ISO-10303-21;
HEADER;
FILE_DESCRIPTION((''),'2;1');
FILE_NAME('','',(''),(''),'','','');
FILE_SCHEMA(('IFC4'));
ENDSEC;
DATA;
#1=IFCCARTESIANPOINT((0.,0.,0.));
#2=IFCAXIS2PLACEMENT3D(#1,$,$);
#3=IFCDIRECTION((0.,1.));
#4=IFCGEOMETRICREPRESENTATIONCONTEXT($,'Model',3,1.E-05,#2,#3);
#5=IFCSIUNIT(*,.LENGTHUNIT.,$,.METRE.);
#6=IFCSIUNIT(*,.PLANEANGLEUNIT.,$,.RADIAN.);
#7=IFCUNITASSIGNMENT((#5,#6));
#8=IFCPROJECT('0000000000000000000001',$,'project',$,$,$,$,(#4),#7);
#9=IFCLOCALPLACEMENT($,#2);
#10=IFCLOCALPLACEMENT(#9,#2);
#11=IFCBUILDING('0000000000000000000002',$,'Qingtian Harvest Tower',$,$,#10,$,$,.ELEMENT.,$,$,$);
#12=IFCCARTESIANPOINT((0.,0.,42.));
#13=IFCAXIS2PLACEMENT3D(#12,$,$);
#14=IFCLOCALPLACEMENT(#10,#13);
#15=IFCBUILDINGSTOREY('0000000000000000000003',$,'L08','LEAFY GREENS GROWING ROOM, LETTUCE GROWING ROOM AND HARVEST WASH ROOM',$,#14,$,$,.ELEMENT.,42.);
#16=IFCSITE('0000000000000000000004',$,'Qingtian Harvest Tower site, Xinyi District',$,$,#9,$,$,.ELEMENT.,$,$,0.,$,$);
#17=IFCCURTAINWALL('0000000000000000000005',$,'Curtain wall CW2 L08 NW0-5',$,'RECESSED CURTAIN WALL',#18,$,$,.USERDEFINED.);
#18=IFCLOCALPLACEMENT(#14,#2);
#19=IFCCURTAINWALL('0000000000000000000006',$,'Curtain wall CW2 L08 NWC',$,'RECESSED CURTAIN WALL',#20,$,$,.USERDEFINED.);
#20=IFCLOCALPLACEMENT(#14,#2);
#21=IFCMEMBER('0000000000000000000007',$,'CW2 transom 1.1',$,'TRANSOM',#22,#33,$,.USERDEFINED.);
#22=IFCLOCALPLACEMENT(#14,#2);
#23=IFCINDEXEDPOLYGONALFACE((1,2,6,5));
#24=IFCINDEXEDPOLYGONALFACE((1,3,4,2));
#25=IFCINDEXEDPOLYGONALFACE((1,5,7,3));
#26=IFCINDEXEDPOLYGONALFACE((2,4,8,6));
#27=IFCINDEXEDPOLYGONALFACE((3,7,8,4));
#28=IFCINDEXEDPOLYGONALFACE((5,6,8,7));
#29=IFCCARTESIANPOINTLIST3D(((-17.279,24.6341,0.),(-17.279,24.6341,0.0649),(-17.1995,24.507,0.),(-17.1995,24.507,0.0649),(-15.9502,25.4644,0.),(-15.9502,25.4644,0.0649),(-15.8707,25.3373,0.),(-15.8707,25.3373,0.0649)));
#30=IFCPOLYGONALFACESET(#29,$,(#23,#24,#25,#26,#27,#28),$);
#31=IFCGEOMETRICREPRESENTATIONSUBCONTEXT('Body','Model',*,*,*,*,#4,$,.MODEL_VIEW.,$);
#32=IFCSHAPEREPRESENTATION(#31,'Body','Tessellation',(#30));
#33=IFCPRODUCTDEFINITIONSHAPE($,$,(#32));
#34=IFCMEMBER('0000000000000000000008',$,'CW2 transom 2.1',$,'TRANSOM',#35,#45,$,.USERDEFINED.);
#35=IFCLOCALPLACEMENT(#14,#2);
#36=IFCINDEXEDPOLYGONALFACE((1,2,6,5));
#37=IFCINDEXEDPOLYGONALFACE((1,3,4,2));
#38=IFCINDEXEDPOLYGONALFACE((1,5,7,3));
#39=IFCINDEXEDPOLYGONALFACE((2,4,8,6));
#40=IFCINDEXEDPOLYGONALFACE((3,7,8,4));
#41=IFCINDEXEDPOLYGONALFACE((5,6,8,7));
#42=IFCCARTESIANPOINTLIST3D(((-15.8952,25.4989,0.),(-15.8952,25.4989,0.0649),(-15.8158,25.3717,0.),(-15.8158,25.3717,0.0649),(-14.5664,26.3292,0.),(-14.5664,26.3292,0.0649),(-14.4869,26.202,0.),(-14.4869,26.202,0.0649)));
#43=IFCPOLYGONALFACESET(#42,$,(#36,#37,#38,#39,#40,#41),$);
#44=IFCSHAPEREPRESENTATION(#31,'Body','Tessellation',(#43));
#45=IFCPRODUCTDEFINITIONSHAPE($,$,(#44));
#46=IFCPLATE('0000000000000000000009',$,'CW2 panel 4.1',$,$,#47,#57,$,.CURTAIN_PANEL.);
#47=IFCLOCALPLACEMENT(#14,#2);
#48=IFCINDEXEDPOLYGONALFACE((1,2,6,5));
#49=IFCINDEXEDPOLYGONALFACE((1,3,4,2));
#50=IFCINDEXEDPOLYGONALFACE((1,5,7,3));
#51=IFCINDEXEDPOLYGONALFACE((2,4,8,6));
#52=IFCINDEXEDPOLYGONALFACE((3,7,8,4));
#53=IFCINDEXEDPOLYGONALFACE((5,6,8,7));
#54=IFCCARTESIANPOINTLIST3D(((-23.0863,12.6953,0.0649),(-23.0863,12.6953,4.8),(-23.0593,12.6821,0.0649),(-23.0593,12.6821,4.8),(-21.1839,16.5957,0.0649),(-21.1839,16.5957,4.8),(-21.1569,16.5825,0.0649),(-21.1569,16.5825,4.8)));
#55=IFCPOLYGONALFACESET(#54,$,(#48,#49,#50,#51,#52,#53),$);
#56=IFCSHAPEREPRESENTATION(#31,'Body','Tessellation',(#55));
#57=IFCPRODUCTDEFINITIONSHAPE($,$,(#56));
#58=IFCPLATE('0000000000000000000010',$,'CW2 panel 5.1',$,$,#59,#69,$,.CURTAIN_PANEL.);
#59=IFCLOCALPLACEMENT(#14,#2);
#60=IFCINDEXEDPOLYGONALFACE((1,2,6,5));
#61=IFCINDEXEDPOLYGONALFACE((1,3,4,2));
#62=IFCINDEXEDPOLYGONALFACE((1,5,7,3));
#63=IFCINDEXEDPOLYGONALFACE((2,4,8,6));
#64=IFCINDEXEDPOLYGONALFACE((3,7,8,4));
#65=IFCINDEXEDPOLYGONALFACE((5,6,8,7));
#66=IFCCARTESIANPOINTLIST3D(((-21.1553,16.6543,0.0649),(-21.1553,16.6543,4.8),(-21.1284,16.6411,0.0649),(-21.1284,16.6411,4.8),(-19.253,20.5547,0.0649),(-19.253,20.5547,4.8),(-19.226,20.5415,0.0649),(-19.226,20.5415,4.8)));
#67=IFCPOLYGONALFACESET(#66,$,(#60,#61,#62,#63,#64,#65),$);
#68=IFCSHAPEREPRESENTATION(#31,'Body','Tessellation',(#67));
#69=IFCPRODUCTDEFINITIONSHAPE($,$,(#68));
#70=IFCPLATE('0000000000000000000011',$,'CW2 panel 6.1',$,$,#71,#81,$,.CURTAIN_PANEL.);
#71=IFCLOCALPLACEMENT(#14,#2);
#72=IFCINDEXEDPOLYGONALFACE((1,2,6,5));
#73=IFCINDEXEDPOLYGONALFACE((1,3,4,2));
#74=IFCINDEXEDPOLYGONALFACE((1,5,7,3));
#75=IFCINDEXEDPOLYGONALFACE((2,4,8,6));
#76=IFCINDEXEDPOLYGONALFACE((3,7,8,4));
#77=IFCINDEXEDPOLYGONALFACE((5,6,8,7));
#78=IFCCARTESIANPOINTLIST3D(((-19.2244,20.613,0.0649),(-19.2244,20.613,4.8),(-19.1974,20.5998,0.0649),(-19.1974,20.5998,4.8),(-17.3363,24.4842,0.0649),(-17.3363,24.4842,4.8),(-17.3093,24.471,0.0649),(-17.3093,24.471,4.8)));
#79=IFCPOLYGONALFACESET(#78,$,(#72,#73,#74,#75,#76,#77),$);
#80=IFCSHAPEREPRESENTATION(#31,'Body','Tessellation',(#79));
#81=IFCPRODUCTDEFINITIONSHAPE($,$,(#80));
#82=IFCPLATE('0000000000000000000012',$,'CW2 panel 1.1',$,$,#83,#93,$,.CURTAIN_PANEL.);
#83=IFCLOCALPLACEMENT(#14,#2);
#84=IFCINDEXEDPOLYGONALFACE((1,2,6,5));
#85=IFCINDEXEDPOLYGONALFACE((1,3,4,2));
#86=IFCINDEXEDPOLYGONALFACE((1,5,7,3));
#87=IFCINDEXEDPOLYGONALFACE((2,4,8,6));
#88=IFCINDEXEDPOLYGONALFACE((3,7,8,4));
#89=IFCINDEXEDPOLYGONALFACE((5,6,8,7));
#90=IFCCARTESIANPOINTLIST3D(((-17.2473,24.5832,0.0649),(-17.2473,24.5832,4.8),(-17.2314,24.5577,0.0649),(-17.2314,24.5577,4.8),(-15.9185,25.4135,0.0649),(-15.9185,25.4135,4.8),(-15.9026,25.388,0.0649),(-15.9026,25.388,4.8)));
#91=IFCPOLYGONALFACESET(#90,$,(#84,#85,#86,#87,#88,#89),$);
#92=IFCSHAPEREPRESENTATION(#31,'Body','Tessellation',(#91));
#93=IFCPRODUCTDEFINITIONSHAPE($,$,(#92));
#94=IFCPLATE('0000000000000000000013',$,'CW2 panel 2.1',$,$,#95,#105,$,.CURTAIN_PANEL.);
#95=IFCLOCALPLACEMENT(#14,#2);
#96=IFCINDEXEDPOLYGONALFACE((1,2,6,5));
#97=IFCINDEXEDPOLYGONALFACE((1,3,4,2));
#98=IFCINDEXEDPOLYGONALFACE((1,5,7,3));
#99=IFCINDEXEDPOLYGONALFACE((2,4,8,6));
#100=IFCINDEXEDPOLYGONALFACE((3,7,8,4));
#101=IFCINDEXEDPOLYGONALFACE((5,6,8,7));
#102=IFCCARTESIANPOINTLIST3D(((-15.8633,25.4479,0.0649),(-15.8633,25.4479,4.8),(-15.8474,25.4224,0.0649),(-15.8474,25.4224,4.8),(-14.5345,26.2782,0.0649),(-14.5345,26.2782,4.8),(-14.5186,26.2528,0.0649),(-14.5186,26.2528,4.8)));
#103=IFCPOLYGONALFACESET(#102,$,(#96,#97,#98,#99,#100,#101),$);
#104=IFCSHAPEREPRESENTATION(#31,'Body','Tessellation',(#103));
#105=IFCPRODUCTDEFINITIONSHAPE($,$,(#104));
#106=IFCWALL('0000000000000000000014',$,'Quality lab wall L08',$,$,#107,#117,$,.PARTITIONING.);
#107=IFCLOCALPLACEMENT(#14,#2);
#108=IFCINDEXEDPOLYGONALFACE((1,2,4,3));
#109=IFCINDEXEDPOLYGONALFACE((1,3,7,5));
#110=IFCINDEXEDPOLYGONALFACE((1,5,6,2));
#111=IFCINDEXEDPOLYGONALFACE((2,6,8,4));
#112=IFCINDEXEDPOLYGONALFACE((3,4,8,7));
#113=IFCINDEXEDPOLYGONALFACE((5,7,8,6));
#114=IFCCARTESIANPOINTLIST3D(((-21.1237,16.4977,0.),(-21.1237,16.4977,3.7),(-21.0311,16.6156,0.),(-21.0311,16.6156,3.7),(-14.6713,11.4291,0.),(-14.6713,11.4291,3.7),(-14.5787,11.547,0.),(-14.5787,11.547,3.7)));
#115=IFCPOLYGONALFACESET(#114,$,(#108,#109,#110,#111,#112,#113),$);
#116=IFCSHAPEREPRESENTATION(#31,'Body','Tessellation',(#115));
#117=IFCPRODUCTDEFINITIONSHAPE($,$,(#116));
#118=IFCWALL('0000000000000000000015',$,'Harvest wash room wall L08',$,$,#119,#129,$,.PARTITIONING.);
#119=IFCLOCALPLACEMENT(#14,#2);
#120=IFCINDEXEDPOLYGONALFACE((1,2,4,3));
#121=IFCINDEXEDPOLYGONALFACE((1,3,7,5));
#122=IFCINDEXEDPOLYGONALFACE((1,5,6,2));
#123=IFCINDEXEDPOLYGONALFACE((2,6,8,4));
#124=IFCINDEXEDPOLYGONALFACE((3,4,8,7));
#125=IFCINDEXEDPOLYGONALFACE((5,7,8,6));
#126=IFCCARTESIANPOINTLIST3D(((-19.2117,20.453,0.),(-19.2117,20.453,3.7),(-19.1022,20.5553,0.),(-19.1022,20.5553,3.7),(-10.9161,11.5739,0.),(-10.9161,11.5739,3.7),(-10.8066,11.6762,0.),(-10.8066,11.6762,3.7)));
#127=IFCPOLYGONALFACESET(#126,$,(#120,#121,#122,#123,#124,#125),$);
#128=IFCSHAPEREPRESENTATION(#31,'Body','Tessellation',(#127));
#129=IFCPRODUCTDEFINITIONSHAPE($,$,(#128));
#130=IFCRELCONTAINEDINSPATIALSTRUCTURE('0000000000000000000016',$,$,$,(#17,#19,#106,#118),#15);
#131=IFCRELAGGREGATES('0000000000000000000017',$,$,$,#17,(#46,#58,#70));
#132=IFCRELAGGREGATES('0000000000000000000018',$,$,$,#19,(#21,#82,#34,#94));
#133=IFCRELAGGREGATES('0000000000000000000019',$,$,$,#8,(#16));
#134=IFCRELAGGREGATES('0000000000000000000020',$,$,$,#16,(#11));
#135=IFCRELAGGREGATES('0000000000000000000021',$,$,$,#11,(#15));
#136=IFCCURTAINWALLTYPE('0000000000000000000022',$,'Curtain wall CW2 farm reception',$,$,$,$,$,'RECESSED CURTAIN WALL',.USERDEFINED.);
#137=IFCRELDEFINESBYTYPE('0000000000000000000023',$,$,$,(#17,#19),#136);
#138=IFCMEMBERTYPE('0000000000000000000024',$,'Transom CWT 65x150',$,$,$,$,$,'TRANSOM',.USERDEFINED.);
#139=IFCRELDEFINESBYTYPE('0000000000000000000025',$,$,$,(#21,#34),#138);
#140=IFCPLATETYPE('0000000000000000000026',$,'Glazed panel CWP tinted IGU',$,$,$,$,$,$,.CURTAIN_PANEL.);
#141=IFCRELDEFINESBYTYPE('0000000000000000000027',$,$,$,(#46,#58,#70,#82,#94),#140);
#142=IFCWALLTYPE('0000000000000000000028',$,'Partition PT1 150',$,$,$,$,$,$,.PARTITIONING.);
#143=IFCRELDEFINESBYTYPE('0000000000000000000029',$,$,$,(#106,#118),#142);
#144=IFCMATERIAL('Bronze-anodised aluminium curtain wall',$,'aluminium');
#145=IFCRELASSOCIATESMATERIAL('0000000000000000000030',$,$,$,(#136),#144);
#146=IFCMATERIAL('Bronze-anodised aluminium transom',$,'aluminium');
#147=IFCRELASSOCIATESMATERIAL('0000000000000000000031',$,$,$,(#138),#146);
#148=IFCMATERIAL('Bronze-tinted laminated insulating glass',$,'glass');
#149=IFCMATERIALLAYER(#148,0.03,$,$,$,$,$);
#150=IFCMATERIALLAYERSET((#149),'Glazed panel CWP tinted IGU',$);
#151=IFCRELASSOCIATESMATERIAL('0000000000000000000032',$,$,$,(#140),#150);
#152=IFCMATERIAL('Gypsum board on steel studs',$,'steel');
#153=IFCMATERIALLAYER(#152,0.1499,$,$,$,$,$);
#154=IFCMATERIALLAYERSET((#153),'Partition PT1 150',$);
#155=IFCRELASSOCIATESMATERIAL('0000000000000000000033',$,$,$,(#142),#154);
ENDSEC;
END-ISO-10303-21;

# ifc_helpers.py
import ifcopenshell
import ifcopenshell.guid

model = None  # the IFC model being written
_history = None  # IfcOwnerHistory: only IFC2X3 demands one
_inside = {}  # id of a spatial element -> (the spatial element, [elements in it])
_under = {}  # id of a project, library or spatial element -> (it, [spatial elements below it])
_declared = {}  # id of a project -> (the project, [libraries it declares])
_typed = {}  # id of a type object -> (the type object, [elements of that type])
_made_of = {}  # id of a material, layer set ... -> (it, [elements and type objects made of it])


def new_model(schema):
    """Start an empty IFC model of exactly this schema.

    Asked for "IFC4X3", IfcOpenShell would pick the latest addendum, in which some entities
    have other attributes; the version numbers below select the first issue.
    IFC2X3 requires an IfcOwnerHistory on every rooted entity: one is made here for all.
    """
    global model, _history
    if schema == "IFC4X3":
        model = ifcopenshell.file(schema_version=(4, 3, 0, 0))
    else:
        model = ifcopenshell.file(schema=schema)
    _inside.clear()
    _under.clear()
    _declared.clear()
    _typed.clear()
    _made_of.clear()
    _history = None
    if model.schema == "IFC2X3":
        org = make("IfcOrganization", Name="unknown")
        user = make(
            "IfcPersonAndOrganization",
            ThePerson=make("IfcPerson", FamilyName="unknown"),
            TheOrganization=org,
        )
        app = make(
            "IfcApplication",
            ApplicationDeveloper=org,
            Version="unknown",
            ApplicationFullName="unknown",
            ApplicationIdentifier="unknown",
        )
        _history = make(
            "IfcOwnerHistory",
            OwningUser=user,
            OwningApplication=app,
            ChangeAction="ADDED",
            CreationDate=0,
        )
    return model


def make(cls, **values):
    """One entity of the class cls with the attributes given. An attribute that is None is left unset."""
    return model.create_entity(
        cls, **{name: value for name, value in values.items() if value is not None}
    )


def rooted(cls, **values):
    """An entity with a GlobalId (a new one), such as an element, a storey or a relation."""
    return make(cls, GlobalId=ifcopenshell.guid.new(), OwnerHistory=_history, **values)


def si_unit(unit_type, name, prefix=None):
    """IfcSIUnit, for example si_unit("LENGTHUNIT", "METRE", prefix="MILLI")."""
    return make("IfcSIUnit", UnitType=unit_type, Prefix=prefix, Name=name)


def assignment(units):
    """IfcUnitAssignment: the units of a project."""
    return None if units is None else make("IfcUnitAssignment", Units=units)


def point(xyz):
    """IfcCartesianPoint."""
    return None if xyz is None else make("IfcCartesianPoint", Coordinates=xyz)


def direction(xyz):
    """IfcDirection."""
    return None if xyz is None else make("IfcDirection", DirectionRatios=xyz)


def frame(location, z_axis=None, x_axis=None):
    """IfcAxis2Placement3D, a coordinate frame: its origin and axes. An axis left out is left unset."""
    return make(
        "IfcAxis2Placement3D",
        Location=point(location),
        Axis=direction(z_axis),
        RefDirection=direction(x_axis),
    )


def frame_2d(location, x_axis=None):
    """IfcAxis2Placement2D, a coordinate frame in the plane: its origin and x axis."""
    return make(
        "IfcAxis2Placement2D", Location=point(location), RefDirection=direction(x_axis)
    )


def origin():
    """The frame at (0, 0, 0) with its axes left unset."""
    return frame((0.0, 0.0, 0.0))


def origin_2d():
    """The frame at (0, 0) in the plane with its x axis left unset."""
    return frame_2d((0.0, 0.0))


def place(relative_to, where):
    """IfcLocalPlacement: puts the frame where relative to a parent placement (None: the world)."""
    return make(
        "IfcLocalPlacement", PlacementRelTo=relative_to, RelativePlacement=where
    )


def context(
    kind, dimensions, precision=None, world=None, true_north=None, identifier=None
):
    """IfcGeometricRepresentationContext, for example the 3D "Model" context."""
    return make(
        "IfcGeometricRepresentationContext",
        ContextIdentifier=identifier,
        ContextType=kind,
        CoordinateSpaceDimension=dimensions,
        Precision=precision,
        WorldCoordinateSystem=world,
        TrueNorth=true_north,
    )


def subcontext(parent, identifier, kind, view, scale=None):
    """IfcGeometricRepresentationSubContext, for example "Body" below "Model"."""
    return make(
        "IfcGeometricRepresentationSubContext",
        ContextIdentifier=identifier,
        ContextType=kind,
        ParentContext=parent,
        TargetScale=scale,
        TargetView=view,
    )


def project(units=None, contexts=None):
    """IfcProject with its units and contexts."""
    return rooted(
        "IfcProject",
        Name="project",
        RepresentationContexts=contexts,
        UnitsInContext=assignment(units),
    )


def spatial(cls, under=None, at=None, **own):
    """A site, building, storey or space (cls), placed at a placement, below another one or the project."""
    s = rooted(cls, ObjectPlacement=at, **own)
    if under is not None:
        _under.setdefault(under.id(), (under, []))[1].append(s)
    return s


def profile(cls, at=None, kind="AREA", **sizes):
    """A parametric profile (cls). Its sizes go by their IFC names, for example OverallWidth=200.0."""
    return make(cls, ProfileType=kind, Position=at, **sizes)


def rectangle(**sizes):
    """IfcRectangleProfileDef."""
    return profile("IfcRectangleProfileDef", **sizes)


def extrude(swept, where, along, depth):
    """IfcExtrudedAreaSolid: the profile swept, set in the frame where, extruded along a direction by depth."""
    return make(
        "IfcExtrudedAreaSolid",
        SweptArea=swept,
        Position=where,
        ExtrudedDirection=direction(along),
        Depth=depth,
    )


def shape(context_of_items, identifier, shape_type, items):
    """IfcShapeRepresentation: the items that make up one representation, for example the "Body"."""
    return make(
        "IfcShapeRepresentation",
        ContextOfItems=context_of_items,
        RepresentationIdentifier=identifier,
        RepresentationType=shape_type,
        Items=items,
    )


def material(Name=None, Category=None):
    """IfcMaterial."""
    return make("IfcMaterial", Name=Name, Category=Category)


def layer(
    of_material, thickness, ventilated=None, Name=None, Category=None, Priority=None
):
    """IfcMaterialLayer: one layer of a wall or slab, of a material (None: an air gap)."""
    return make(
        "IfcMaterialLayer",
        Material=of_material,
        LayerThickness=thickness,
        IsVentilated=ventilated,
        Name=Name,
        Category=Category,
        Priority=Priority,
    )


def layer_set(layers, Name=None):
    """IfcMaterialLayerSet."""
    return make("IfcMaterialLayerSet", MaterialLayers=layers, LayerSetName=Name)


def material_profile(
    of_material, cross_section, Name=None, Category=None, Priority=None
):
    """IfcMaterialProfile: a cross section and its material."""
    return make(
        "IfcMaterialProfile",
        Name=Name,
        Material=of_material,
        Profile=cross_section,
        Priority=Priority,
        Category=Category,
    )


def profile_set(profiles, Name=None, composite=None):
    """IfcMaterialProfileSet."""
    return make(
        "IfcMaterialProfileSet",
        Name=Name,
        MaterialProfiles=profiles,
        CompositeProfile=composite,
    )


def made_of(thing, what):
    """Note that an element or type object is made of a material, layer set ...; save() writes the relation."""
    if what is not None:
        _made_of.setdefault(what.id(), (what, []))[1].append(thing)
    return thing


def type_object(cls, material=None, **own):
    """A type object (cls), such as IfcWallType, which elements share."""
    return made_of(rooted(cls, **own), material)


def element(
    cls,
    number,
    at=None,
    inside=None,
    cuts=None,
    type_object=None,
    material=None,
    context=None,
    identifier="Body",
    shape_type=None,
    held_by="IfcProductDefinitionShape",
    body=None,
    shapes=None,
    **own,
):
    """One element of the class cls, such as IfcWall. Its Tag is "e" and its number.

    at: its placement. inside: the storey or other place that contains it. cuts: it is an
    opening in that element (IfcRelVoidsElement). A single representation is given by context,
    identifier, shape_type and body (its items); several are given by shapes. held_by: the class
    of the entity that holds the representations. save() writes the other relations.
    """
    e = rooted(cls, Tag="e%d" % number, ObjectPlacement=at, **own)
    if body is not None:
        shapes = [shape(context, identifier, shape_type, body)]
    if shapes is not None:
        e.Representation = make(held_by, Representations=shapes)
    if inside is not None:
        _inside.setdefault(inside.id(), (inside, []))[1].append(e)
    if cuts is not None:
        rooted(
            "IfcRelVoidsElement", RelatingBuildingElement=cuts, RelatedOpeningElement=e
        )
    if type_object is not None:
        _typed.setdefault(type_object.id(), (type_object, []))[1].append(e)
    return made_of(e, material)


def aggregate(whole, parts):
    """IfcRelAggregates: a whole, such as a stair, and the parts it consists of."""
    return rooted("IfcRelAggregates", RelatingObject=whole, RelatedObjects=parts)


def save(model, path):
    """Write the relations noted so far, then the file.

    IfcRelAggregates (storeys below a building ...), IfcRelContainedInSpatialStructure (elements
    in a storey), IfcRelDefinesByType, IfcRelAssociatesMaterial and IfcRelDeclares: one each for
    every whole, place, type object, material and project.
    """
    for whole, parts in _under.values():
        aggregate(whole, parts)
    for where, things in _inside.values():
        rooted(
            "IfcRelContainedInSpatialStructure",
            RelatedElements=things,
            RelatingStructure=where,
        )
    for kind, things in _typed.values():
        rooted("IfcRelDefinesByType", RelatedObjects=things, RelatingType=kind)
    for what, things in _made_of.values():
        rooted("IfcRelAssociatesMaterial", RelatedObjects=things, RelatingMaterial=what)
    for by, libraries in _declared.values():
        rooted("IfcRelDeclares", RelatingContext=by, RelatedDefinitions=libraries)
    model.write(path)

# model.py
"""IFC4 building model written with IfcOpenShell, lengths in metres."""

from ifc_helpers import new_model, si_unit, direction, frame, frame_2d, origin, origin_2d, place, context, subcontext, project, spatial, rectangle, extrude, material, layer, layer_set, material_profile, profile_set, type_object, element, aggregate, save


model = new_model("IFC4")

# Units and contexts
model_context = context("Model", 3, precision=1e-05, world=origin(), true_north=direction((0.0, 1.0)))
body_context = subcontext(model_context, "Body", "Model", "MODEL_VIEW")
ifc_project = project(units=[si_unit("LENGTHUNIT", "METRE"), si_unit("PLANEANGLEUNIT", "RADIAN")], contexts=[model_context])

# Site, building, storey
site_placement = place(None, origin())
site = spatial("IfcSite", under=ifc_project, at=site_placement, Name="Qingtian Harvest Tower site, Xinyi District", CompositionType="ELEMENT", RefElevation=0.0)
building_placement = place(site_placement, origin())
building = spatial("IfcBuilding", under=site, at=building_placement, Name="Qingtian Harvest Tower", CompositionType="ELEMENT")
storey_placement = place(building_placement, frame((0.0, 0.0, 42.0)))
storey = spatial("IfcBuildingStorey", under=building, at=storey_placement, Name="L08", Description="LEAFY GREENS GROWING ROOM, LETTUCE GROWING ROOM AND HARVEST WASH ROOM", CompositionType="ELEMENT", Elevation=42.0)

# Curtain walls
ifc_material_1 = material(Name="Bronze-anodised aluminium curtain wall", Category="aluminium")
curtain_wall_type = type_object("IfcCurtainWallType", Name="Curtain wall CW2 farm reception", ElementType="RECESSED CURTAIN WALL", PredefinedType="USERDEFINED", material=ifc_material_1)
curtain_wall_1_placement = place(storey_placement, origin())
curtain_wall_1 = element("IfcCurtainWall", 1, at=curtain_wall_1_placement, inside=storey, type_object=curtain_wall_type, Name="Curtain wall CW2 L08 NW0-5", ObjectType="RECESSED CURTAIN WALL", PredefinedType="USERDEFINED")
curtain_wall_2_placement = place(storey_placement, origin())
curtain_wall_2 = element("IfcCurtainWall", 2, at=curtain_wall_2_placement, inside=storey, type_object=curtain_wall_type, Name="Curtain wall CW2 L08 NWC", ObjectType="RECESSED CURTAIN WALL", PredefinedType="USERDEFINED")

# Members
ifc_material_2 = material(Name="Bronze-anodised aluminium transom", Category="aluminium")
ifc_material_profile_1 = material_profile(ifc_material_2, rectangle(XDim=0.1499, YDim=0.0649, at=origin_2d()), Name="AL 65x150")
ifc_profile_set_1 = profile_set([ifc_material_profile_1], Name="Bronze-anodised aluminium transom")
member_type_1 = type_object("IfcMemberType", Name="Transom CWT 65x150", ElementType="TRANSOM", PredefinedType="USERDEFINED", material=ifc_profile_set_1)
member_1_placement = place(storey_placement, frame((-17.2393, 24.5706, 0.0325), z_axis=(0.84806, 0.529901, 0.0), x_axis=(-0.529901, 0.84806, 0.0)))
member_1 = element("IfcMember", 3, at=member_1_placement, type_object=member_type_1, Name="CW2 transom 1.1", ObjectType="TRANSOM", PredefinedType="USERDEFINED", context=body_context, shape_type="SweptSolid", body=[
    extrude(rectangle(XDim=0.1499, YDim=0.0649, at=origin_2d()), origin(), (0.0, 0.0, 1.0), 1.5669),
])
member_2_placement = place(storey_placement, frame((-15.8555, 25.4353, 0.0325), z_axis=(0.84806, 0.529901, 0.0), x_axis=(-0.529901, 0.84806, 0.0)))
member_2 = element("IfcMember", 4, at=member_2_placement, type_object=member_type_1, Name="CW2 transom 2.1", ObjectType="TRANSOM", PredefinedType="USERDEFINED", context=body_context, shape_type="SweptSolid", body=[
    extrude(rectangle(XDim=0.1499, YDim=0.0649, at=origin_2d()), origin(), (0.0, 0.0, 1.0), 1.5669),
])

# Plates
ifc_material_3 = material(Name="Bronze-tinted laminated insulating glass", Category="glass")
ifc_layer_1 = layer(ifc_material_3, 0.03)
ifc_layer_set_1 = layer_set([ifc_layer_1], Name="Glazed panel CWP tinted IGU")
plate_type = type_object("IfcPlateType", Name="Glazed panel CWP tinted IGU", PredefinedType="CURTAIN_PANEL", material=ifc_layer_set_1)
plate_1_placement = place(storey_placement, frame((-22.1216, 14.6389, 0.0649), z_axis=(0.0, 0.0, 1.0), x_axis=(0.438371, 0.898794, 0.0)))
plate_1 = element("IfcPlate", 5, at=plate_1_placement, type_object=plate_type, Name="CW2 panel 4.1", PredefinedType="CURTAIN_PANEL", context=body_context, shape_type="SweptSolid", body=[
    extrude(rectangle(XDim=4.3396, YDim=0.03, at=origin_2d()), origin(), (0.0, 0.0, 1.0), 4.7351),
])
plate_2_placement = place(storey_placement, frame((-20.1907, 18.5979, 0.0649), z_axis=(0.0, 0.0, 1.0), x_axis=(0.438371, 0.898794, 0.0)))
plate_2 = element("IfcPlate", 6, at=plate_2_placement, type_object=plate_type, Name="CW2 panel 5.1", PredefinedType="CURTAIN_PANEL", context=body_context, shape_type="SweptSolid", body=[
    extrude(rectangle(XDim=4.3396, YDim=0.03, at=origin_2d()), origin(), (0.0, 0.0, 1.0), 4.7351),
])
plate_3_placement = place(storey_placement, frame((-18.2668, 22.542, 0.0649), z_axis=(0.0, 0.0, 1.0), x_axis=(0.438371, 0.898794, 0.0)))
plate_3 = element("IfcPlate", 7, at=plate_3_placement, type_object=plate_type, Name="CW2 panel 6.1", PredefinedType="CURTAIN_PANEL", context=body_context, shape_type="SweptSolid", body=[
    extrude(rectangle(XDim=4.3071, YDim=0.03, at=origin_2d()), origin(), (0.0, 0.0, 1.0), 4.7351),
])
aggregate(curtain_wall_1, [plate_1, plate_2, plate_3])
plate_4_placement = place(storey_placement, frame((-16.575, 24.9856, 0.0649), z_axis=(0.0, 0.0, 1.0), x_axis=(0.848048, 0.529919, 0.0)))
plate_4 = element("IfcPlate", 8, at=plate_4_placement, type_object=plate_type, Name="CW2 panel 1.1", PredefinedType="CURTAIN_PANEL", context=body_context, shape_type="SweptSolid", body=[
    extrude(rectangle(XDim=1.5669, YDim=0.03, at=origin_2d()), origin(), (0.0, 0.0, 1.0), 4.7351),
])
plate_5_placement = place(storey_placement, frame((-15.1909, 25.8503, 0.0649), z_axis=(0.0, 0.0, 1.0), x_axis=(0.848048, 0.529919, 0.0)))
plate_5 = element("IfcPlate", 9, at=plate_5_placement, type_object=plate_type, Name="CW2 panel 2.1", PredefinedType="CURTAIN_PANEL", context=body_context, shape_type="SweptSolid", body=[
    extrude(rectangle(XDim=1.5669, YDim=0.03, at=origin_2d()), origin(), (0.0, 0.0, 1.0), 4.7351),
])
aggregate(curtain_wall_2, [member_1, plate_4, member_2, plate_5])

# Walls
ifc_material_4 = material(Name="Gypsum board on steel studs", Category="steel")
ifc_layer_2 = layer(ifc_material_4, 0.1499)
ifc_layer_set_2 = layer_set([ifc_layer_2], Name="Partition PT1 150")
wall_type = type_object("IfcWallType", Name="Partition PT1 150", PredefinedType="PARTITIONING", material=ifc_layer_set_2)
wall_1_placement = place(storey_placement, frame((-21.0774, 16.5566, 0.0), z_axis=(0.0, 0.0, 1.0), x_axis=(0.786385, -0.617736, 0.0)))
element("IfcWall", 10, at=wall_1_placement, inside=storey, type_object=wall_type, Name="Quality lab wall L08", PredefinedType="PARTITIONING", context=body_context, shape_type="SweptSolid", body=[
    extrude(rectangle(XDim=8.2051, YDim=0.1499, at=frame_2d((4.1025, 0.0))), origin(), (0.0, 0.0, 1.0), 3.7),
])
wall_2_placement = place(storey_placement, frame((-19.157, 20.5042, 0.0), z_axis=(0.0, 0.0, 1.0), x_axis=(0.68269, -0.730708, 0.0)))
element("IfcWall", 11, at=wall_2_placement, inside=storey, type_object=wall_type, Name="Harvest wash room wall L08", PredefinedType="PARTITIONING", context=body_context, shape_type="SweptSolid", body=[
    extrude(rectangle(XDim=12.1514, YDim=0.1499, at=frame_2d((6.0757, 0.0))), origin(), (0.0, 0.0, 1.0), 3.7),
])

save(model, "model.ifc")
